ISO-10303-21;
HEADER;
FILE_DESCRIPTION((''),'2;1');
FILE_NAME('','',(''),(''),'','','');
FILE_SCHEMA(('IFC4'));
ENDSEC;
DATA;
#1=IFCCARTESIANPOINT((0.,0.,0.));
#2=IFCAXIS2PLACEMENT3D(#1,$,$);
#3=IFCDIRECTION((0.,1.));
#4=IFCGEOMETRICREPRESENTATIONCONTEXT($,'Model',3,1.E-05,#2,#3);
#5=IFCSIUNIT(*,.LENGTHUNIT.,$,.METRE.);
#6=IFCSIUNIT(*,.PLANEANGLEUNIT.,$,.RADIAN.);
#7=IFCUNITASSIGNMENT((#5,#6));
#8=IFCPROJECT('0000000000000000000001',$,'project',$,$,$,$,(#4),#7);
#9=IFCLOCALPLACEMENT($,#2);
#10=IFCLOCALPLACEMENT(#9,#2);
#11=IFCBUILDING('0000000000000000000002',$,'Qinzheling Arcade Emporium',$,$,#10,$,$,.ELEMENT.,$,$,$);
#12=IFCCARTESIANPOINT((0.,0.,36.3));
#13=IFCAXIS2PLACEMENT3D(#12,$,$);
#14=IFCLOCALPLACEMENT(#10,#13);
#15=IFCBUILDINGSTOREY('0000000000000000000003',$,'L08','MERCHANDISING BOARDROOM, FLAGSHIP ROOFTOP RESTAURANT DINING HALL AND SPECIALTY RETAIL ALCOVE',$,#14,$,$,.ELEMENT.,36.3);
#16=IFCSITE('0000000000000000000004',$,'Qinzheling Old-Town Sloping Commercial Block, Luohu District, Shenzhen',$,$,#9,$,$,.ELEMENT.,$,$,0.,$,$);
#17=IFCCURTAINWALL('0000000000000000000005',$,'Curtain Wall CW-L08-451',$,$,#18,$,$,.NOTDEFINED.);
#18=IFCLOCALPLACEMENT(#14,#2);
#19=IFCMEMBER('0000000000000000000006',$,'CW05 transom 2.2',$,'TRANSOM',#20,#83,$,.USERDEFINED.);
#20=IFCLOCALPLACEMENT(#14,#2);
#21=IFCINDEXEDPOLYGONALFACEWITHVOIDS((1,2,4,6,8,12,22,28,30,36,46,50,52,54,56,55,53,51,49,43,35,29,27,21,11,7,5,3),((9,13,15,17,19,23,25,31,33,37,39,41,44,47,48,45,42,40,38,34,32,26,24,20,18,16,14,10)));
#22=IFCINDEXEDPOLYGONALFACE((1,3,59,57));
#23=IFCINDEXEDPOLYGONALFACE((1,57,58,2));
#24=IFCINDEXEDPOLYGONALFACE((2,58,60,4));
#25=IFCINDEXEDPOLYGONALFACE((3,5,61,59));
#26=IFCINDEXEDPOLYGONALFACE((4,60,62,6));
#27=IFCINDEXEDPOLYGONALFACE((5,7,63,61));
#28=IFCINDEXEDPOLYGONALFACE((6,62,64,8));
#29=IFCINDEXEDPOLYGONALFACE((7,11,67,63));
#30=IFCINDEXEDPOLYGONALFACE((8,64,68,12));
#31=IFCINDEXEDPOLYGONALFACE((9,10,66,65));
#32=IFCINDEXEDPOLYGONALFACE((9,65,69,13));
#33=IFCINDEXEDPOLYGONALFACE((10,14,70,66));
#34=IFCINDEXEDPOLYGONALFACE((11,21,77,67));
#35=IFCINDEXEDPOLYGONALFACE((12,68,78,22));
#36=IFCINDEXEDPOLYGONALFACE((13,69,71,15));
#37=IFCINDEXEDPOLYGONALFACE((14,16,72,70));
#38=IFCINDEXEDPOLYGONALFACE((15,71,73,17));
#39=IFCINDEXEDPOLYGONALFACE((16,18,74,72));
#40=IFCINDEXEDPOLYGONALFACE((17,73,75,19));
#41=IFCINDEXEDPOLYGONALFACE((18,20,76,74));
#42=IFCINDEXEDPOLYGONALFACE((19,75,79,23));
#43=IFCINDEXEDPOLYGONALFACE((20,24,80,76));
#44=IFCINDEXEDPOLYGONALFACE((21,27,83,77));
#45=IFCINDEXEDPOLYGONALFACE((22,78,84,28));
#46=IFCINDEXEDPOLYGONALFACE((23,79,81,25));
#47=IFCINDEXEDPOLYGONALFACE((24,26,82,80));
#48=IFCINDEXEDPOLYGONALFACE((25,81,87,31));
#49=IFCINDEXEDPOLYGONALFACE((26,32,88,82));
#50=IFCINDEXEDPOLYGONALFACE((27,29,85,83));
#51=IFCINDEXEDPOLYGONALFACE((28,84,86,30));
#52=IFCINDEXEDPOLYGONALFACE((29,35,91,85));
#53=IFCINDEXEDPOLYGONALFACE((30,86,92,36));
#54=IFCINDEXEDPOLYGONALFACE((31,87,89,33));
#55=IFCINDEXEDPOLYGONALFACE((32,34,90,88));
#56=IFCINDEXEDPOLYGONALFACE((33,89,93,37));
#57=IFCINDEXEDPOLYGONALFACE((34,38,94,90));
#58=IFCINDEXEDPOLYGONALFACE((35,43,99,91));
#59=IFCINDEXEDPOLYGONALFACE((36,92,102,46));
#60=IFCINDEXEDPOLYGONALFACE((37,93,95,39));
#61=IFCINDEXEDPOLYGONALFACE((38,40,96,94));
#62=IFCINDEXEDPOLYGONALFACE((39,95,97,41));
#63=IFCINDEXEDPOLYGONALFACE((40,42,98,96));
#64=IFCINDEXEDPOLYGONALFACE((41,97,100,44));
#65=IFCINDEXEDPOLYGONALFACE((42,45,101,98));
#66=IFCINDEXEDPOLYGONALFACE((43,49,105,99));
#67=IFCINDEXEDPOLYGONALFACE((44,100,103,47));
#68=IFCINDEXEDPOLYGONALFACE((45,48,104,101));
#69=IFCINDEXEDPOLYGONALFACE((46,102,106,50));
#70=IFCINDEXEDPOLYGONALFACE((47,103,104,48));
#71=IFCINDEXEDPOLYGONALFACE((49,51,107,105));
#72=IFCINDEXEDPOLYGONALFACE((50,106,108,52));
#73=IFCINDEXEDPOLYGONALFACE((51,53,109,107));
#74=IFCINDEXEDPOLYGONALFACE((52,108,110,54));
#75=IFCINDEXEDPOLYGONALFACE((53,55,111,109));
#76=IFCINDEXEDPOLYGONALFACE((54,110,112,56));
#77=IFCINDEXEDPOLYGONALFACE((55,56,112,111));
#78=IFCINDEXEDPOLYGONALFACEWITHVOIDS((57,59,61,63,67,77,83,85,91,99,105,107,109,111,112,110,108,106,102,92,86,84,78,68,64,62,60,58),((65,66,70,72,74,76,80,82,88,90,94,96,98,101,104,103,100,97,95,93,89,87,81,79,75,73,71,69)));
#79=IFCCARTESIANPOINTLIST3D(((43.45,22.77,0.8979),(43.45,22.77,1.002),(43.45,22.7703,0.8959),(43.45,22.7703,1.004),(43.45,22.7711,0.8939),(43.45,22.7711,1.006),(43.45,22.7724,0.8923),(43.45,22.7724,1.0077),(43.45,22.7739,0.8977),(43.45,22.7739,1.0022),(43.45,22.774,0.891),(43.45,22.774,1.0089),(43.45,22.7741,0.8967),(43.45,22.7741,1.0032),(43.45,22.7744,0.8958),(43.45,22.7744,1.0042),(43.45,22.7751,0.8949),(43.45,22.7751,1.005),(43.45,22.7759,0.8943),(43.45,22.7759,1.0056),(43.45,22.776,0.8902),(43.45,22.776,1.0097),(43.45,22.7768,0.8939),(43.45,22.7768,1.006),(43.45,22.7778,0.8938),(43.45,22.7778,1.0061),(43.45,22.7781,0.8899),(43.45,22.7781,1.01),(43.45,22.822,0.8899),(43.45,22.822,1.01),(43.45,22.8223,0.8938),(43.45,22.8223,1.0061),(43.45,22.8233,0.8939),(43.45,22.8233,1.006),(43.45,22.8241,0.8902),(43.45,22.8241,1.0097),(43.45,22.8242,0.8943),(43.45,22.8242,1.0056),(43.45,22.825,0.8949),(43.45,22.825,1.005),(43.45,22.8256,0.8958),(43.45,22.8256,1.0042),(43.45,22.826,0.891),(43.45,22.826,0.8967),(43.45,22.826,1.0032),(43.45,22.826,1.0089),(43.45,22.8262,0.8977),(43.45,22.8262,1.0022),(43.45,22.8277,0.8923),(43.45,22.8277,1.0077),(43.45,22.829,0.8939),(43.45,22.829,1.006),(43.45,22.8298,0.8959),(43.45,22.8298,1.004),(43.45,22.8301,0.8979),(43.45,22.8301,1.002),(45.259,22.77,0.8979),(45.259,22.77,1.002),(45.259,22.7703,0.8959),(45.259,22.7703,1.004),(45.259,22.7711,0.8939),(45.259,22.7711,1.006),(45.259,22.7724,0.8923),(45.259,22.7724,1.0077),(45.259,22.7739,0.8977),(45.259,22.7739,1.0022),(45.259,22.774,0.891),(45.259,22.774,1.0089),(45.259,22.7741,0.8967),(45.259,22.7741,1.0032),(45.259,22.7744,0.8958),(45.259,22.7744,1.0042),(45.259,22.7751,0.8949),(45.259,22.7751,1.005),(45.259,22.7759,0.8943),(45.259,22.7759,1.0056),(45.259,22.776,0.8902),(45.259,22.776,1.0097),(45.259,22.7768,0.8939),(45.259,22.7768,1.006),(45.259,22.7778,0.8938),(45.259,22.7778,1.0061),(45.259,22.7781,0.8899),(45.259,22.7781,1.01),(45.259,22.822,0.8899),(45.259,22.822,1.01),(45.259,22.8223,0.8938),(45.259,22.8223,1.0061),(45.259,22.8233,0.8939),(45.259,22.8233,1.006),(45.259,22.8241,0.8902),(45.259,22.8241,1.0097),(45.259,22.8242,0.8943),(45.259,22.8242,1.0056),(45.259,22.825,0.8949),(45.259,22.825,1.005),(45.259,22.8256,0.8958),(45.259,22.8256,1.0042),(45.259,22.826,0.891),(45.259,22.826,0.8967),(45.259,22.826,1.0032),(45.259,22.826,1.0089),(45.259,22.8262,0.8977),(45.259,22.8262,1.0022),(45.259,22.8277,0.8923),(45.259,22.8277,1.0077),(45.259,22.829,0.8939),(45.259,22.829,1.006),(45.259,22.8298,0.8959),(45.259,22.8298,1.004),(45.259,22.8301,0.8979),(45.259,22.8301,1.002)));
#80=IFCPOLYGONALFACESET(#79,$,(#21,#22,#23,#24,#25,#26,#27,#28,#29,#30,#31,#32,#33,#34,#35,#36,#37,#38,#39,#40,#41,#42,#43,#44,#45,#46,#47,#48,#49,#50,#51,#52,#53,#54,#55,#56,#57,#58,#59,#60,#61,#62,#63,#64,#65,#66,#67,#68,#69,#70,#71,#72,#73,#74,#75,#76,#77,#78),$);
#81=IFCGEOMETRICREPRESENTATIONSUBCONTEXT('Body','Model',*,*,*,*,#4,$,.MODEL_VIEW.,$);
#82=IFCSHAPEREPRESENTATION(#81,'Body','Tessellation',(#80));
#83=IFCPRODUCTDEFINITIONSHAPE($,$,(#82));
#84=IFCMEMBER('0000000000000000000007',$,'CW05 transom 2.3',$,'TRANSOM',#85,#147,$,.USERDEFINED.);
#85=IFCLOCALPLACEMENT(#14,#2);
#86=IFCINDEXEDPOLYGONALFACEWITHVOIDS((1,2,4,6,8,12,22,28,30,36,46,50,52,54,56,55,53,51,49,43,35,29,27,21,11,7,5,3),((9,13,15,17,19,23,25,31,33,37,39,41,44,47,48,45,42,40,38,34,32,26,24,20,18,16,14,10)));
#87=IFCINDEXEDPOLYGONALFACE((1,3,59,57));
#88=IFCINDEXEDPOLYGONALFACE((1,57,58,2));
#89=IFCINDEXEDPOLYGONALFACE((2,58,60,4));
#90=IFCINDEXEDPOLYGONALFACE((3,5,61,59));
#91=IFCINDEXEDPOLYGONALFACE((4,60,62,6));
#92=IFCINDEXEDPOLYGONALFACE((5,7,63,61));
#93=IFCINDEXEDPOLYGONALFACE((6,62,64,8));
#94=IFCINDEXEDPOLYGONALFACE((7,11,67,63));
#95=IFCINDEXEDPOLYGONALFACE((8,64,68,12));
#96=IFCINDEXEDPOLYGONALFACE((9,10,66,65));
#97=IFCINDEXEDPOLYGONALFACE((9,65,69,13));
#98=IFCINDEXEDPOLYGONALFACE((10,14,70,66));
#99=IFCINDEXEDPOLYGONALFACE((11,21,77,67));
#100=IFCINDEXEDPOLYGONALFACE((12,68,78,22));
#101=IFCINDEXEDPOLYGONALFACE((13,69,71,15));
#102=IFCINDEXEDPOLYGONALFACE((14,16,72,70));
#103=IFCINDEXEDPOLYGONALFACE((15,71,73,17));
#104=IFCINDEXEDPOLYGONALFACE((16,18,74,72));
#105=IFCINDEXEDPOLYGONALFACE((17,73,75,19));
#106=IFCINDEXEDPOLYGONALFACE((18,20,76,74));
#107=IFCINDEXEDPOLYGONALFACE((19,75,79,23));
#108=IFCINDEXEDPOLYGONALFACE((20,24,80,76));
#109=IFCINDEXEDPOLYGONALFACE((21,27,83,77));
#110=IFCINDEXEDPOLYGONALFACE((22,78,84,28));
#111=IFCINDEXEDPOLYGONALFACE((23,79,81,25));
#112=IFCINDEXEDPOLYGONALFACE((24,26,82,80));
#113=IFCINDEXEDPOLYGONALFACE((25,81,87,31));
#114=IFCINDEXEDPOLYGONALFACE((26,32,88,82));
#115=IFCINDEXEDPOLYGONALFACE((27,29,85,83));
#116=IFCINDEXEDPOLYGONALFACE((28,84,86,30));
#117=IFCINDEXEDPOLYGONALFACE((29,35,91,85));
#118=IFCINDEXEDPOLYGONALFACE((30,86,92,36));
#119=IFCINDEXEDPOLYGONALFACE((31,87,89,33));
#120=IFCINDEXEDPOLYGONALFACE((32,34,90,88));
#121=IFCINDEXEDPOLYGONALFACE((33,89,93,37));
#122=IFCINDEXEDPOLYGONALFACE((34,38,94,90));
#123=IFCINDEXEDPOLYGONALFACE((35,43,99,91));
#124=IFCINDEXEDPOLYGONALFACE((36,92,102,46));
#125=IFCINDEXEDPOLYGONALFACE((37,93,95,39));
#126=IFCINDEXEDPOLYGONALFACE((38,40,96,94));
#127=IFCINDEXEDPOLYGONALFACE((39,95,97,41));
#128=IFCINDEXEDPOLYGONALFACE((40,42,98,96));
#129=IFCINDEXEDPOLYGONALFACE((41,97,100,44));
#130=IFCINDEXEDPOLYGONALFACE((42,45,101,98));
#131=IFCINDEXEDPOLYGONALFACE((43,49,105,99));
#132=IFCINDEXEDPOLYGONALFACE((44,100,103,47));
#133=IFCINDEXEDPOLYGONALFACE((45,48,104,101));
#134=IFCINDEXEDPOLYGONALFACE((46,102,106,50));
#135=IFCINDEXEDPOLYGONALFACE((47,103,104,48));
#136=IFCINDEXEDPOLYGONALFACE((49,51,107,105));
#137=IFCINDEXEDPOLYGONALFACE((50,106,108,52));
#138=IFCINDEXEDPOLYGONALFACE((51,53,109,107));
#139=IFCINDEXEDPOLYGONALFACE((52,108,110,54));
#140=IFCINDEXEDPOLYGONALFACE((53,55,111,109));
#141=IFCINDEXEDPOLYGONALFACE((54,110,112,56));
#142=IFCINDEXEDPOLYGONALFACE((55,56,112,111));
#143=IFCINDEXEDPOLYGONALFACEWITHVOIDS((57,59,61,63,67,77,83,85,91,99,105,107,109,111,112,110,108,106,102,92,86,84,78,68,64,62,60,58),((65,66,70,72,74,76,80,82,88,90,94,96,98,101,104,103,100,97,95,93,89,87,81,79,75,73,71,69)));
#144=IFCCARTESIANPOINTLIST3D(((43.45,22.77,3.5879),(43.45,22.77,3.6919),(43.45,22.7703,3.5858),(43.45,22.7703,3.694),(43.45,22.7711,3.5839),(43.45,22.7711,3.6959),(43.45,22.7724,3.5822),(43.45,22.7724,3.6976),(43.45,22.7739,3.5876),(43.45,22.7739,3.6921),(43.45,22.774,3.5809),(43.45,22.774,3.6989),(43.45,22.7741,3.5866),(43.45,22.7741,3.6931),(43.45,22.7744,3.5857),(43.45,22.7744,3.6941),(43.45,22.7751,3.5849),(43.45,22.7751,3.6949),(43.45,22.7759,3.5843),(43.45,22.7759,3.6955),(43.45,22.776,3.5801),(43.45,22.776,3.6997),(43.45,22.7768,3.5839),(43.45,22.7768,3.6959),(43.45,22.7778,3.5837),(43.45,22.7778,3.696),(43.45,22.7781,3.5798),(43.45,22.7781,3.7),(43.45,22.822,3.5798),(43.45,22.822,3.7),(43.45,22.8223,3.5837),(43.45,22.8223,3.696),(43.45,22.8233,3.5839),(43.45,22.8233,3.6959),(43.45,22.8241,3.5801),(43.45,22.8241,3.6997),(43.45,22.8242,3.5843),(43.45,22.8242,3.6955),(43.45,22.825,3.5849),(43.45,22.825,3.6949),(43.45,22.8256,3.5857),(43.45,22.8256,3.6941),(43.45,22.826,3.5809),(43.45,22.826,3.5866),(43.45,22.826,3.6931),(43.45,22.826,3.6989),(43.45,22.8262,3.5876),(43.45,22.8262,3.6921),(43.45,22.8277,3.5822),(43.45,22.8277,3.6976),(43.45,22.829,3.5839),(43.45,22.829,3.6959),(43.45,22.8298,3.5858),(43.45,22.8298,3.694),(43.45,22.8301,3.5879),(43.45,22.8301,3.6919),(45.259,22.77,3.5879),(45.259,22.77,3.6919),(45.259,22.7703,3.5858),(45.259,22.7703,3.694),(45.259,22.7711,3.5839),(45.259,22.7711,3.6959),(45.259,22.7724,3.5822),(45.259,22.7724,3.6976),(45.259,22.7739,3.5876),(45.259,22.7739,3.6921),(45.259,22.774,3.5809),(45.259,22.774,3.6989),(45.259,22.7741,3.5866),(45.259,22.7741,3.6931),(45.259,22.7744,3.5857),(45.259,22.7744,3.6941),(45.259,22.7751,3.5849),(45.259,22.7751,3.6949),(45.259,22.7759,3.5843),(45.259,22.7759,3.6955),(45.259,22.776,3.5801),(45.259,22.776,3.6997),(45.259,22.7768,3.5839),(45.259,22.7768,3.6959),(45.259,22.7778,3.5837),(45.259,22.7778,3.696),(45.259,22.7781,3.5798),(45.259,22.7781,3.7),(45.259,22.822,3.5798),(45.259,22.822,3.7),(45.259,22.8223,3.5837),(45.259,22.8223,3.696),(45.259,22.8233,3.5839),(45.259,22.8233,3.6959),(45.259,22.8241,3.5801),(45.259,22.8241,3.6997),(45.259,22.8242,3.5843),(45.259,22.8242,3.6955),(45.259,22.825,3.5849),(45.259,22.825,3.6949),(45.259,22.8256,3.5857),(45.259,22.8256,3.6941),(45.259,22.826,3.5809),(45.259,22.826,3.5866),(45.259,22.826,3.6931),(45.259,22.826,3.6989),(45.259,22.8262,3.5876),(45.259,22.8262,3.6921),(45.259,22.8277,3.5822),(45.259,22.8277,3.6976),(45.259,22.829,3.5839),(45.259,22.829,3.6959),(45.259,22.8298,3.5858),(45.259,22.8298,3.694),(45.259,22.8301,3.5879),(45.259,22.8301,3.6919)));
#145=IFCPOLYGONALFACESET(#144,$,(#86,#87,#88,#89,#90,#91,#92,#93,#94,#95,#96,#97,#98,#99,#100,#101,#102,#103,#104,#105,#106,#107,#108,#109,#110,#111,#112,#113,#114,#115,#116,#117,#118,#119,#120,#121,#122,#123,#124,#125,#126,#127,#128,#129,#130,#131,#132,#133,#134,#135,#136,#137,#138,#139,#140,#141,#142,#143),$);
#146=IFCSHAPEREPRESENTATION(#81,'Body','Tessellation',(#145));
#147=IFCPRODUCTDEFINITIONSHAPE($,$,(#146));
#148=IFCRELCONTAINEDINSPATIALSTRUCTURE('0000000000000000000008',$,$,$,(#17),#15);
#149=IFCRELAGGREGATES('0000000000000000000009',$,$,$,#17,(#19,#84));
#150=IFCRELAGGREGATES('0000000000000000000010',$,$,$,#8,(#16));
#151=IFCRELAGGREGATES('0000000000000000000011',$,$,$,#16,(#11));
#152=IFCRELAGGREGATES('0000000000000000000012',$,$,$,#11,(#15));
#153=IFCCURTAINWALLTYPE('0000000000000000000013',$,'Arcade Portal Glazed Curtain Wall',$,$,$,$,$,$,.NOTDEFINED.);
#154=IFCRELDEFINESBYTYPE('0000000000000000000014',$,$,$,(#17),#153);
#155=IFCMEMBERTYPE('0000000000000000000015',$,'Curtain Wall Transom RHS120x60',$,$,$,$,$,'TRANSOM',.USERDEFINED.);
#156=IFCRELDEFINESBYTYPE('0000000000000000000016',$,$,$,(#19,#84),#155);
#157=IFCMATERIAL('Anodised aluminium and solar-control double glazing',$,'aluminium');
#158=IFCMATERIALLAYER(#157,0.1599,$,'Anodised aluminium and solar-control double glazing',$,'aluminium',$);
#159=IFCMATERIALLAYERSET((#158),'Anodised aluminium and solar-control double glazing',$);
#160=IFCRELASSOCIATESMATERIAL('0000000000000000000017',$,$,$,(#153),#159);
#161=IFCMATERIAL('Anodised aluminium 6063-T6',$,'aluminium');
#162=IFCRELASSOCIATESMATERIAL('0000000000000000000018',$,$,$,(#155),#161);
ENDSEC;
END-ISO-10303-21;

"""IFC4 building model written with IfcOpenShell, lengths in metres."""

from ifc_helpers import new_model, si_unit, direction, frame, origin, origin_2d, place, context, subcontext, project, spatial, hollow_rectangle, extrude, material, layer, layer_set, material_profile, profile_set, type_object, element, aggregate, save


model = new_model("IFC4")

# Units and contexts
model_context = context("Model", 3, precision=1e-05, world=origin(), true_north=direction((0.0, 1.0)))
body_context = subcontext(model_context, "Body", "Model", "MODEL_VIEW")
ifc_project = project(units=[si_unit("LENGTHUNIT", "METRE"), si_unit("PLANEANGLEUNIT", "RADIAN")], contexts=[model_context])

# Site, building, storey
site_placement = place(None, origin())
site = spatial("IfcSite", under=ifc_project, at=site_placement, Name="Qinzheling Old-Town Sloping Commercial Block, Luohu District, Shenzhen", CompositionType="ELEMENT", RefElevation=0.0)
building_placement = place(site_placement, origin())
building = spatial("IfcBuilding", under=site, at=building_placement, Name="Qinzheling Arcade Emporium", CompositionType="ELEMENT")
storey_placement = place(building_placement, frame((0.0, 0.0, 36.3)))
storey = spatial("IfcBuildingStorey", under=building, at=storey_placement, Name="L08", Description="MERCHANDISING BOARDROOM, FLAGSHIP ROOFTOP RESTAURANT DINING HALL AND SPECIALTY RETAIL ALCOVE", CompositionType="ELEMENT", Elevation=36.3)

# Curtain wall, members
ifc_material_1 = material(Name="Anodised aluminium and solar-control double glazing", Category="aluminium")
ifc_layer_1 = layer(ifc_material_1, 0.1599, Name="Anodised aluminium and solar-control double glazing", Category="aluminium")
ifc_layer_set_1 = layer_set([ifc_layer_1], Name="Anodised aluminium and solar-control double glazing")
curtain_wall_type = type_object("IfcCurtainWallType", Name="Arcade Portal Glazed Curtain Wall", PredefinedType="NOTDEFINED", material=ifc_layer_set_1)
curtain_wall_placement = place(storey_placement, origin())
curtain_wall = element("IfcCurtainWall", 1, at=curtain_wall_placement, inside=storey, type_object=curtain_wall_type, Name="Curtain Wall CW-L08-451", PredefinedType="NOTDEFINED")
ifc_material_2 = material(Name="Anodised aluminium 6063-T6", Category="aluminium")
ifc_material_profile_1 = material_profile(ifc_material_2, hollow_rectangle(XDim=0.0601, YDim=0.1201, WallThickness=0.0039, InnerFilletRadius=0.0039, OuterFilletRadius=0.0081, at=origin_2d()), Name="RHS 120x60x4", Category="aluminium")
ifc_profile_set_1 = profile_set([ifc_material_profile_1], Name="Anodised aluminium 6063-T6")
member_type_1 = type_object("IfcMemberType", Name="Curtain Wall Transom RHS120x60", ElementType="TRANSOM", PredefinedType="USERDEFINED", material=ifc_profile_set_1)
member_1_placement = place(storey_placement, frame((45.259, 22.8, 0.95), z_axis=(-1.0, 0.0, 0.0), x_axis=(0.0, -1.0, 0.0)))
member_1 = element("IfcMember", 2, at=member_1_placement, type_object=member_type_1, Name="CW05 transom 2.2", ObjectType="TRANSOM", PredefinedType="USERDEFINED", context=body_context, shape_type="SweptSolid", body=[
    extrude(hollow_rectangle(XDim=0.0601, YDim=0.1201, WallThickness=0.0039, InnerFilletRadius=0.0039, OuterFilletRadius=0.0081, at=origin_2d()), origin(), (0.0, 0.0, 1.0), 1.8091),
])
member_2_placement = place(storey_placement, frame((45.259, 22.8, 3.6399), z_axis=(-1.0, 0.0, 0.0), x_axis=(0.0, -1.0, 0.0)))
member_2 = element("IfcMember", 3, at=member_2_placement, type_object=member_type_1, Name="CW05 transom 2.3", ObjectType="TRANSOM", PredefinedType="USERDEFINED", context=body_context, shape_type="SweptSolid", body=[
    extrude(hollow_rectangle(XDim=0.0601, YDim=0.1201, WallThickness=0.0039, InnerFilletRadius=0.0039, OuterFilletRadius=0.0081, at=origin_2d()), origin(), (0.0, 0.0, 1.0), 1.8091),
])

aggregate(curtain_wall, [member_1, member_2])

save(model, "model.ifc")
